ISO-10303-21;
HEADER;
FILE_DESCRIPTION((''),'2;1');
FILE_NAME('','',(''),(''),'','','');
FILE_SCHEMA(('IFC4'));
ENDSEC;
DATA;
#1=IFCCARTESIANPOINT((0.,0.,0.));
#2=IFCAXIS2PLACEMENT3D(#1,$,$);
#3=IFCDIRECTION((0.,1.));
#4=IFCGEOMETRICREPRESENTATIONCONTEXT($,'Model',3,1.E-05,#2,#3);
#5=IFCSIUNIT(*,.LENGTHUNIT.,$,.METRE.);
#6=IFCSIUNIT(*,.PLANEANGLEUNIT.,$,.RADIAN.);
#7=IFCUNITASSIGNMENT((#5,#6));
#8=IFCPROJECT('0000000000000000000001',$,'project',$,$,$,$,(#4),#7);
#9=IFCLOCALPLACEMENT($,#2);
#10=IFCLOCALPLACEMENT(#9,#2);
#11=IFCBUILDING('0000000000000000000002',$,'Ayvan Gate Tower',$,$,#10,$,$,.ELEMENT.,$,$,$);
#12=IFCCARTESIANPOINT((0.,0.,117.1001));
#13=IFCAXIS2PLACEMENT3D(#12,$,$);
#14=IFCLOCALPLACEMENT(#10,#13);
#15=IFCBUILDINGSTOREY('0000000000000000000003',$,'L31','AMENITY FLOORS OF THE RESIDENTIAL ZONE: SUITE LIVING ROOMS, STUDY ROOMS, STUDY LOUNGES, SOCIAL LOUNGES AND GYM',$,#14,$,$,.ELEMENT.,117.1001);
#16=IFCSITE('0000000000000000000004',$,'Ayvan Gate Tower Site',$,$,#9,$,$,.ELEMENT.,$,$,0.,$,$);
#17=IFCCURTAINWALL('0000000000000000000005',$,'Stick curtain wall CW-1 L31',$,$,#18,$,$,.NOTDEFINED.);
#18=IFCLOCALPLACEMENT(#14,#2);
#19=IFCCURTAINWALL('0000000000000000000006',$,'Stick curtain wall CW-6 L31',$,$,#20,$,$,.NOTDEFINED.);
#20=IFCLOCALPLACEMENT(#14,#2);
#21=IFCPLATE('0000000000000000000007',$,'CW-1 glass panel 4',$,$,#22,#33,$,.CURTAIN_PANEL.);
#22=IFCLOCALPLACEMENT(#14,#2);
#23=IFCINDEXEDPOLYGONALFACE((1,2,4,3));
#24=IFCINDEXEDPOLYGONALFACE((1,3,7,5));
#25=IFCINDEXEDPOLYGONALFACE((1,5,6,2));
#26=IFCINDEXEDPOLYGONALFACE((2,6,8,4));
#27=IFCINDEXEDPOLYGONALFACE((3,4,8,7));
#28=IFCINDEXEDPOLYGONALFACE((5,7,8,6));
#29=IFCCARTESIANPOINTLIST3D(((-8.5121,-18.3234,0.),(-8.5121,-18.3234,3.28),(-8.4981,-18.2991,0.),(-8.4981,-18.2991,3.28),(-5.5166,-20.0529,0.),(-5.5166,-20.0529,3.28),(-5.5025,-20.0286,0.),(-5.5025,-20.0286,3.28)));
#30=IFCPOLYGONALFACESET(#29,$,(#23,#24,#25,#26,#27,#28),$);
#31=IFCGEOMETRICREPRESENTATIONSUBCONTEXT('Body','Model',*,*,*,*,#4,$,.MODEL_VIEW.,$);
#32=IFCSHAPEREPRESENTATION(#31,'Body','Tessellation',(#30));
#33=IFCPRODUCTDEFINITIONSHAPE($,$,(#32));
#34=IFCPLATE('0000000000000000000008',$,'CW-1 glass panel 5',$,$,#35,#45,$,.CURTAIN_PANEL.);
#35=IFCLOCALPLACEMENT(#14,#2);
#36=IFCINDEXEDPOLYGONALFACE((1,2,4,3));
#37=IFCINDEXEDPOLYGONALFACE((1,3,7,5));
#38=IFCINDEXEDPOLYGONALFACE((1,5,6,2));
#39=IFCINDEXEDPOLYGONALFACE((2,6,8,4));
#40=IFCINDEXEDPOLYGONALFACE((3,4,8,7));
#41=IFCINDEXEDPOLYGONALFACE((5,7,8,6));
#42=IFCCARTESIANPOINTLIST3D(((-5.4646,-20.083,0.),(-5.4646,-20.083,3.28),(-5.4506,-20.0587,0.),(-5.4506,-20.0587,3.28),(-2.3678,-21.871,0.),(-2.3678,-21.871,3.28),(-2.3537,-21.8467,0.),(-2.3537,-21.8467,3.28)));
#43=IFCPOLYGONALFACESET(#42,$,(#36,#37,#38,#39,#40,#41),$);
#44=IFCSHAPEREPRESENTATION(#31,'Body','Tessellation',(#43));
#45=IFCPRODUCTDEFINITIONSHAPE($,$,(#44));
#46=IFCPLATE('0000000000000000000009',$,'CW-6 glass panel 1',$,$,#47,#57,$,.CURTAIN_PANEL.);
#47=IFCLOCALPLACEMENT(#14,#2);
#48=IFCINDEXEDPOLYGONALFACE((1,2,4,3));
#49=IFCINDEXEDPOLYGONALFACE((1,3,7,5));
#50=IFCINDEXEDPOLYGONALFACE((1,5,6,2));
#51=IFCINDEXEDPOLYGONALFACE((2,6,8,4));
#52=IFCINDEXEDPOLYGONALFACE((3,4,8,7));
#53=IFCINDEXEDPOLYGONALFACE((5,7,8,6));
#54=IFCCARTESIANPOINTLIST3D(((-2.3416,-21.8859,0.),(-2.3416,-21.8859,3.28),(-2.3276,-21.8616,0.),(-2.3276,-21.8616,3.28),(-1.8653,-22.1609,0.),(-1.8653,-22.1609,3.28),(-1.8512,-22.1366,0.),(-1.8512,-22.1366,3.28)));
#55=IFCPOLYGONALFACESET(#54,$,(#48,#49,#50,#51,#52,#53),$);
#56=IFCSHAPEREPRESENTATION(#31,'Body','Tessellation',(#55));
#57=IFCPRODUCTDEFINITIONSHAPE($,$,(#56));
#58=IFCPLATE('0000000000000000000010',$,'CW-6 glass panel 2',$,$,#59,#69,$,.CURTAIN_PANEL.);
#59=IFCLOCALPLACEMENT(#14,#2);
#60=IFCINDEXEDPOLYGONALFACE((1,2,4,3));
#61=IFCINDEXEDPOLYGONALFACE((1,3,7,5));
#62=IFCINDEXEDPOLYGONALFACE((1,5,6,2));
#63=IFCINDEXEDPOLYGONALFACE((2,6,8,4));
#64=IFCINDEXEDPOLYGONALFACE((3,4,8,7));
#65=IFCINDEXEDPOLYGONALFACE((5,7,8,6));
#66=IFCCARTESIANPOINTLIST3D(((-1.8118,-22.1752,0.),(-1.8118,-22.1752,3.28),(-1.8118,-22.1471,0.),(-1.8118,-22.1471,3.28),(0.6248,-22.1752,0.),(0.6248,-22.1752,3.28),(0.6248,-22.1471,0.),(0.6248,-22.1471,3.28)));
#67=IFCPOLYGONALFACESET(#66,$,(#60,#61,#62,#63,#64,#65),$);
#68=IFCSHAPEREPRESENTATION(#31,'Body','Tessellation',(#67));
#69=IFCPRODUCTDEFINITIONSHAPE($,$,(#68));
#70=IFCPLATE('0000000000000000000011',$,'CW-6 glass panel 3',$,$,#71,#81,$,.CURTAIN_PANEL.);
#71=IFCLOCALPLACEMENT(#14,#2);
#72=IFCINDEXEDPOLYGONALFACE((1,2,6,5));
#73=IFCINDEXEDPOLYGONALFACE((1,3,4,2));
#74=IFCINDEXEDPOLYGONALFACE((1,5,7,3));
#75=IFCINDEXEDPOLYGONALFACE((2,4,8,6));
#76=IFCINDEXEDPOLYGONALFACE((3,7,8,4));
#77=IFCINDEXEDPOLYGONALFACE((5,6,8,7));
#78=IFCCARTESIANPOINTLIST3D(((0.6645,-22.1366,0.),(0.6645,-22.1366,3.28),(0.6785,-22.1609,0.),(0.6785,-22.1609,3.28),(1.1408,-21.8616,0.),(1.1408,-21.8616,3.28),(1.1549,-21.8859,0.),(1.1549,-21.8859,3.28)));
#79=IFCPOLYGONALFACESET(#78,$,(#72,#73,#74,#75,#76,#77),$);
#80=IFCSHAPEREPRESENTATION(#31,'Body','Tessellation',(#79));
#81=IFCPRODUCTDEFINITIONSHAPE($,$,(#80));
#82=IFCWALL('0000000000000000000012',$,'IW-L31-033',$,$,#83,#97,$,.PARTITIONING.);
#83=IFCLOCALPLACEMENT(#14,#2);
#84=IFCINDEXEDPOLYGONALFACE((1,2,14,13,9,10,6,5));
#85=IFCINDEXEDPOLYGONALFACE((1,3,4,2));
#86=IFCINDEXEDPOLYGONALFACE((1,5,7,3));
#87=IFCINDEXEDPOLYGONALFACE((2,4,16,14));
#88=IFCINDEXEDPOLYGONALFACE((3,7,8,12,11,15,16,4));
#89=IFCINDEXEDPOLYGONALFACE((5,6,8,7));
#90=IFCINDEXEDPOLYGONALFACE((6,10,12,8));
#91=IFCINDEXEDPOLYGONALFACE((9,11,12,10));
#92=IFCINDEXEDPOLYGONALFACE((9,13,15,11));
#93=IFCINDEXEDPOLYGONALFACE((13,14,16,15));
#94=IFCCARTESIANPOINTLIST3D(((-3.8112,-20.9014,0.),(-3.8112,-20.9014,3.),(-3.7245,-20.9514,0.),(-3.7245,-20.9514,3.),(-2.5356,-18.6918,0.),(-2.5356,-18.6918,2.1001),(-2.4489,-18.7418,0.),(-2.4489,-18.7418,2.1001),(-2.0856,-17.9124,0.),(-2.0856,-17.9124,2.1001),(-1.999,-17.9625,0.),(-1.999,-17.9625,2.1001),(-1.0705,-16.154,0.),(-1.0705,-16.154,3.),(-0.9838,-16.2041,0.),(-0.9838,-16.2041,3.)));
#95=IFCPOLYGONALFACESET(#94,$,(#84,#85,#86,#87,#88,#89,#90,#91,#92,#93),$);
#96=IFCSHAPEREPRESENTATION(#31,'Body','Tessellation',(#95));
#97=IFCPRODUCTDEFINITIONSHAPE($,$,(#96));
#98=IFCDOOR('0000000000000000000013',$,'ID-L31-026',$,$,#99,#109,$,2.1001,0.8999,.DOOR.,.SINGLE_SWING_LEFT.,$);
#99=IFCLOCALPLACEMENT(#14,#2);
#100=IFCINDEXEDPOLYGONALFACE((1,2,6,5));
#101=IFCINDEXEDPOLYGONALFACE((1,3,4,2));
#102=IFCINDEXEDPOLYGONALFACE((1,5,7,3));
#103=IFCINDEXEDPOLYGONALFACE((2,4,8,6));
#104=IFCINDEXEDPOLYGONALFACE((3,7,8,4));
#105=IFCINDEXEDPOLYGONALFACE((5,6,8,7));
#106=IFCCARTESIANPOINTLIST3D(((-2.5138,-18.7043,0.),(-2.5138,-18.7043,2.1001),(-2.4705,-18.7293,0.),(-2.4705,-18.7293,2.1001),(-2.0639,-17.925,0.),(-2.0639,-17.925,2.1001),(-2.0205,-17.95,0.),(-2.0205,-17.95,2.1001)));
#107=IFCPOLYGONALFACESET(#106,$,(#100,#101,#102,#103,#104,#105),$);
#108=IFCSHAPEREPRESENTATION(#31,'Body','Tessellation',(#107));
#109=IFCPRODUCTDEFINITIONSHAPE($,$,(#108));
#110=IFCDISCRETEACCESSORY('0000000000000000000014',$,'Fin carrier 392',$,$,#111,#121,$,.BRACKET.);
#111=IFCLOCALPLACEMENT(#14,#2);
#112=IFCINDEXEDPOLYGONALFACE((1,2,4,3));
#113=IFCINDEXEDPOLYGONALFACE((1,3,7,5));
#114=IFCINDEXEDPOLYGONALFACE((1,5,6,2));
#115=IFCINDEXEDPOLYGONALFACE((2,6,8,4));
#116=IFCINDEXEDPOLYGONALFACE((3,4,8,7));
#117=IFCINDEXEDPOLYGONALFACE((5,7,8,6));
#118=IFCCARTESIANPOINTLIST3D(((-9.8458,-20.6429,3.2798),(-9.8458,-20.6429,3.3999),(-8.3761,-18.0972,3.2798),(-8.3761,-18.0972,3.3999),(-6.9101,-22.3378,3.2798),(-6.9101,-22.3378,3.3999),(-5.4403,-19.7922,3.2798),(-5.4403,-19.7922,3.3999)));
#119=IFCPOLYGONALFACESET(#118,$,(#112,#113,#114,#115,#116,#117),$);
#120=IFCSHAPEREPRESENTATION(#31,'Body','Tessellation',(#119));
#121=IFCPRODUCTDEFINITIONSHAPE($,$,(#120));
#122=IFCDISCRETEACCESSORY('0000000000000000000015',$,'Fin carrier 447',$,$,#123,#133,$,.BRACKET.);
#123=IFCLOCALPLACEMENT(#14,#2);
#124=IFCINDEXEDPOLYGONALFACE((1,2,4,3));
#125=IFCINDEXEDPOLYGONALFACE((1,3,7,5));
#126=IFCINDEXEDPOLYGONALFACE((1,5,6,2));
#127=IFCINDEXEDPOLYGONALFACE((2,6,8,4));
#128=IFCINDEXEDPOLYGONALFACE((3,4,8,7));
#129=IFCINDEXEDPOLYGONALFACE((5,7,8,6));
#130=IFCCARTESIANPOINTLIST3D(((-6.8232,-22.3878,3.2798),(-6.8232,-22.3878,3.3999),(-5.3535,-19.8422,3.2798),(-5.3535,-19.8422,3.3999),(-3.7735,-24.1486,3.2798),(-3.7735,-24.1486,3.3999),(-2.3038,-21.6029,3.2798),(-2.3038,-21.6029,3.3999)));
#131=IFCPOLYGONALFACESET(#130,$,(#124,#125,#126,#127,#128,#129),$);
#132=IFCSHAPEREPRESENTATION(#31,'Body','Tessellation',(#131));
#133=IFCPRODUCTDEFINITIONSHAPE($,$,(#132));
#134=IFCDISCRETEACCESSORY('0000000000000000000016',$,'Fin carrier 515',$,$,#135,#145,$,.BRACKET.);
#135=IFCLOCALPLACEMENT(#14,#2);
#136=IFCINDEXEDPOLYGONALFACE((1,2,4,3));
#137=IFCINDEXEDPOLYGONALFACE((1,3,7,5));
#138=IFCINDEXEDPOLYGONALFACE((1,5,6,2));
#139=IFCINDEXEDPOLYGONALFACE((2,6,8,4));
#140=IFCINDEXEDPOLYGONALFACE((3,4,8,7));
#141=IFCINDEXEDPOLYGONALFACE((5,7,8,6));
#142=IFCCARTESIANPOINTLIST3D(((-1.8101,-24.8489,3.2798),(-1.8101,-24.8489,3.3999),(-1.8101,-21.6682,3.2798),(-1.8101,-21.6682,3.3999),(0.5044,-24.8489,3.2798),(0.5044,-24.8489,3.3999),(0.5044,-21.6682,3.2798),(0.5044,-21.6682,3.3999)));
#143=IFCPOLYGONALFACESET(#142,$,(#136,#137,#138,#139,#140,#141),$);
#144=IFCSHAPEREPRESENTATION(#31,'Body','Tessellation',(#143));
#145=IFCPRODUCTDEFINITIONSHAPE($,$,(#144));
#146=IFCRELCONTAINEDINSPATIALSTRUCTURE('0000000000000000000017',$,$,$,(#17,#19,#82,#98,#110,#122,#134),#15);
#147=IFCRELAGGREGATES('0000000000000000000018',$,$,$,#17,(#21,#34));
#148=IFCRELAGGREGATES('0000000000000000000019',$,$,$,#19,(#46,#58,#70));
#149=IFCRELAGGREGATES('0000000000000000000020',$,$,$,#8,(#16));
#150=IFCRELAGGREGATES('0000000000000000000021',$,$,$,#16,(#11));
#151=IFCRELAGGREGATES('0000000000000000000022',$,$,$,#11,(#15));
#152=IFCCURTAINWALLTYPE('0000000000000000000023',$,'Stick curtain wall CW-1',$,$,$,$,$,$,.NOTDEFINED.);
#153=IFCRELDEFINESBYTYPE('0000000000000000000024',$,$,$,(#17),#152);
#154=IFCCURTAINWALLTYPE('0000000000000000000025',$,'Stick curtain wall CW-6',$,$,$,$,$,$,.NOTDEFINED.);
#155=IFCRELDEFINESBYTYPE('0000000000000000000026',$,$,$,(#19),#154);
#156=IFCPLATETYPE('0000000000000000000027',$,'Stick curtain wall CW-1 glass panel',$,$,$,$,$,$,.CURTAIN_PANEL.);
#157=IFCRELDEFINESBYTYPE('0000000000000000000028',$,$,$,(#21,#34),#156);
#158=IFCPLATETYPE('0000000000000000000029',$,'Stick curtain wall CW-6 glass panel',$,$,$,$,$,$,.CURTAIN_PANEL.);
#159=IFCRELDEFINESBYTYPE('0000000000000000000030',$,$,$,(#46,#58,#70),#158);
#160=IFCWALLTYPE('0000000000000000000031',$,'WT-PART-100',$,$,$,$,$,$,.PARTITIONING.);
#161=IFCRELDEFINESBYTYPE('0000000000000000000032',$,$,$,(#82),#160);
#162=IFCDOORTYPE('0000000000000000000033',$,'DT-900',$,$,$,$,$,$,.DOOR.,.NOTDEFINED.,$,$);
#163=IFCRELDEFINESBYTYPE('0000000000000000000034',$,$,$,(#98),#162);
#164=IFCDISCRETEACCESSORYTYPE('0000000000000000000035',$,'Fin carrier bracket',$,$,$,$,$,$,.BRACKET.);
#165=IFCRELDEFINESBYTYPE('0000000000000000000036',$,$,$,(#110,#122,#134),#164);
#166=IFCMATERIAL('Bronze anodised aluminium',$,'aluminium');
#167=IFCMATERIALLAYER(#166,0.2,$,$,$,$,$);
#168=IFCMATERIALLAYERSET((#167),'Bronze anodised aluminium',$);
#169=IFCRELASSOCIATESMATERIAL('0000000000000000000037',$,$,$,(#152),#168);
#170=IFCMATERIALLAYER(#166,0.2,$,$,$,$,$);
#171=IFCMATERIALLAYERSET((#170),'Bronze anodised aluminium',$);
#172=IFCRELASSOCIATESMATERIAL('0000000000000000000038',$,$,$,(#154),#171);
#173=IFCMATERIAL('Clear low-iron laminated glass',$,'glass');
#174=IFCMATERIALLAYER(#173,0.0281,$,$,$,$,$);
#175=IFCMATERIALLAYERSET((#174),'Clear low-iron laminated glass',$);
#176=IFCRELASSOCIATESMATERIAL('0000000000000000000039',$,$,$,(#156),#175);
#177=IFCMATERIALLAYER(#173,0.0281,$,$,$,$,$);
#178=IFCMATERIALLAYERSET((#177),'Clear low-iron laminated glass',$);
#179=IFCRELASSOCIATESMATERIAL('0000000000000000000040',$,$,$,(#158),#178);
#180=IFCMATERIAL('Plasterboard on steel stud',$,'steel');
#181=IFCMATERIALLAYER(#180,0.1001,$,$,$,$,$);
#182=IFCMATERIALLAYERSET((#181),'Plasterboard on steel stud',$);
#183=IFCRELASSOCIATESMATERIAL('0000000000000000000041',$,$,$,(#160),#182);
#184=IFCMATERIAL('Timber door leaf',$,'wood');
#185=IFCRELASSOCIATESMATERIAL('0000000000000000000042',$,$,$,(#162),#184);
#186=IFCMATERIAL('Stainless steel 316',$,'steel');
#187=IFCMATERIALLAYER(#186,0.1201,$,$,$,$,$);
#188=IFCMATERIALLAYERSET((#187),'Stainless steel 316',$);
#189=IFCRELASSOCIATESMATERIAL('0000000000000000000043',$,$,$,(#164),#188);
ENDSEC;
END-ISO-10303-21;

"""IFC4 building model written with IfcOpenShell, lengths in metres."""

from ifc_helpers import new_model, si_unit, direction, frame, frame_2d, origin, origin_2d, place, context, subcontext, project, spatial, rectangle, extrude, material, layer, layer_set, type_object, element, fill, aggregate, save


model = new_model("IFC4")

# Units and contexts
model_context = context("Model", 3, precision=1e-05, world=origin(), true_north=direction((0.0, 1.0)))
body_context = subcontext(model_context, "Body", "Model", "MODEL_VIEW")
ifc_project = project(units=[si_unit("LENGTHUNIT", "METRE"), si_unit("PLANEANGLEUNIT", "RADIAN")], contexts=[model_context])

# Site, building, storey
site_placement = place(None, origin())
site = spatial("IfcSite", under=ifc_project, at=site_placement, Name="Ayvan Gate Tower Site", CompositionType="ELEMENT", RefElevation=0.0)
building_placement = place(site_placement, origin())
building = spatial("IfcBuilding", under=site, at=building_placement, Name="Ayvan Gate Tower", CompositionType="ELEMENT")
storey_placement = place(building_placement, frame((0.0, 0.0, 117.1001)))
storey = spatial("IfcBuildingStorey", under=building, at=storey_placement, Name="L31", Description="AMENITY FLOORS OF THE RESIDENTIAL ZONE: SUITE LIVING ROOMS, STUDY ROOMS, STUDY LOUNGES, SOCIAL LOUNGES AND GYM", CompositionType="ELEMENT", Elevation=117.1001)

# Curtain walls
ifc_material_1 = material(Name="Bronze anodised aluminium", Category="aluminium")
ifc_layer_1 = layer(ifc_material_1, 0.2)
ifc_layer_set_1 = layer_set([ifc_layer_1], Name="Bronze anodised aluminium")
curtain_wall_type_1 = type_object("IfcCurtainWallType", Name="Stick curtain wall CW-1", PredefinedType="NOTDEFINED", material=ifc_layer_set_1)
curtain_wall_1_placement = place(storey_placement, origin())
curtain_wall_1 = element("IfcCurtainWall", 1, at=curtain_wall_1_placement, inside=storey, type_object=curtain_wall_type_1, Name="Stick curtain wall CW-1 L31", PredefinedType="NOTDEFINED")
ifc_layer_2 = layer(ifc_material_1, 0.2)
ifc_layer_set_2 = layer_set([ifc_layer_2], Name="Bronze anodised aluminium")
curtain_wall_type_2 = type_object("IfcCurtainWallType", Name="Stick curtain wall CW-6", PredefinedType="NOTDEFINED", material=ifc_layer_set_2)
curtain_wall_2_placement = place(storey_placement, origin())
curtain_wall_2 = element("IfcCurtainWall", 2, at=curtain_wall_2_placement, inside=storey, type_object=curtain_wall_type_2, Name="Stick curtain wall CW-6 L31", PredefinedType="NOTDEFINED")

# Plates
ifc_material_2 = material(Name="Clear low-iron laminated glass", Category="glass")
ifc_layer_3 = layer(ifc_material_2, 0.0281)
ifc_layer_set_3 = layer_set([ifc_layer_3], Name="Clear low-iron laminated glass")
plate_type_1 = type_object("IfcPlateType", Name="Stick curtain wall CW-1 glass panel", PredefinedType="CURTAIN_PANEL", material=ifc_layer_set_3)
plate_1_placement = place(storey_placement, frame((-7.0073, -19.176, 0.0), z_axis=(0.0, 0.0, 1.0), x_axis=(0.866025, -0.5, 0.0)))
plate_1 = element("IfcPlate", 3, at=plate_1_placement, type_object=plate_type_1, Name="CW-1 glass panel 4", PredefinedType="CURTAIN_PANEL", context=body_context, shape_type="SweptSolid", body=[
    extrude(rectangle(XDim=3.459, YDim=0.0281, at=origin_2d()), origin(), (0.0, 0.0, 1.0), 3.28),
])
plate_2_placement = place(storey_placement, frame((-3.9092, -20.9648, 0.0), z_axis=(0.0, 0.0, 1.0), x_axis=(0.866025, -0.5, 0.0)))
plate_2 = element("IfcPlate", 4, at=plate_2_placement, type_object=plate_type_1, Name="CW-1 glass panel 5", PredefinedType="CURTAIN_PANEL", context=body_context, shape_type="SweptSolid", body=[
    extrude(rectangle(XDim=3.5759, YDim=0.0281, at=origin_2d()), origin(), (0.0, 0.0, 1.0), 3.28),
])
aggregate(curtain_wall_1, [plate_1, plate_2])
ifc_layer_4 = layer(ifc_material_2, 0.0281)
ifc_layer_set_4 = layer_set([ifc_layer_4], Name="Clear low-iron laminated glass")
plate_type_2 = type_object("IfcPlateType", Name="Stick curtain wall CW-6 glass panel", PredefinedType="CURTAIN_PANEL", material=ifc_layer_set_4)
plate_3_placement = place(storey_placement, frame((-2.0964, -22.0112, 0.0), z_axis=(0.0, 0.0, 1.0), x_axis=(0.866025, -0.5, 0.0)))
plate_3 = element("IfcPlate", 5, at=plate_3_placement, type_object=plate_type_2, Name="CW-6 glass panel 1", PredefinedType="CURTAIN_PANEL", context=body_context, shape_type="SweptSolid", body=[
    extrude(rectangle(XDim=0.55, YDim=0.0281, at=origin_2d()), origin(), (0.0, 0.0, 1.0), 3.28),
])
plate_4_placement = place(storey_placement, frame((-0.5935, -22.1611, 0.0), z_axis=(0.0, 0.0, 1.0), x_axis=(1.0, 0.0, 0.0)))
plate_4 = element("IfcPlate", 6, at=plate_4_placement, type_object=plate_type_2, Name="CW-6 glass panel 2", PredefinedType="CURTAIN_PANEL", context=body_context, shape_type="SweptSolid", body=[
    extrude(rectangle(XDim=2.4365, YDim=0.0281, at=origin_2d()), origin(), (0.0, 0.0, 1.0), 3.28),
])
plate_5_placement = place(storey_placement, frame((0.9097, -22.0112, 0.0), z_axis=(0.0, 0.0, 1.0), x_axis=(0.866025, 0.5, 0.0)))
plate_5 = element("IfcPlate", 7, at=plate_5_placement, type_object=plate_type_2, Name="CW-6 glass panel 3", PredefinedType="CURTAIN_PANEL", context=body_context, shape_type="SweptSolid", body=[
    extrude(rectangle(XDim=0.55, YDim=0.0281, at=origin_2d()), origin(), (0.0, 0.0, 1.0), 3.28),
])
aggregate(curtain_wall_2, [plate_3, plate_4, plate_5])

# Wall, opening, door
ifc_material_3 = material(Name="Plasterboard on steel stud", Category="steel")
ifc_layer_5 = layer(ifc_material_3, 0.1001)
ifc_layer_set_5 = layer_set([ifc_layer_5], Name="Plasterboard on steel stud")
wall_type = type_object("IfcWallType", Name="WT-PART-100", PredefinedType="PARTITIONING", material=ifc_layer_set_5)
wall_placement = place(storey_placement, frame((-3.7678, -20.9263, 0.0), z_axis=(0.0, 0.0, 1.0), x_axis=(0.499981, 0.866037, 0.0)))
wall = element("IfcWall", 8, at=wall_placement, inside=storey, type_object=wall_type, Name="IW-L31-033", PredefinedType="PARTITIONING", context=body_context, shape_type="SweptSolid", body=[
    extrude(rectangle(XDim=5.4817, YDim=0.1001, at=frame_2d((2.7407, 0.0))), origin(), (0.0, 0.0, 1.0), 3.0),
])
opening_placement = place(wall_placement, frame((2.5513, 0.0, 0.0)))
opening = element("IfcOpeningElement", 9, at=opening_placement, cuts=wall, PredefinedType="OPENING", context=body_context, shape_type="SweptSolid", body=[
    extrude(rectangle(XDim=0.8999, YDim=2.1001, at=frame_2d((0.45, 1.05))), frame((0.0, 0.0601, 0.0), z_axis=(0.0, -1.0, 0.0), x_axis=(1.0, 0.0, 0.0)), (0.0, 0.0, 1.0), 0.1201),
])
ifc_material_4 = material(Name="Timber door leaf", Category="wood")
door_type = type_object("IfcDoorType", Name="DT-900", OperationType="NOTDEFINED", PredefinedType="DOOR", material=ifc_material_4)
door_placement = place(opening_placement, origin())
door = element("IfcDoor", 10, at=door_placement, inside=storey, type_object=door_type, Name="ID-L31-026", OperationType="SINGLE_SWING_LEFT", OverallHeight=2.1001, OverallWidth=0.8999, PredefinedType="DOOR", context=body_context, shape_type="SweptSolid", body=[
    extrude(rectangle(XDim=0.8999, YDim=2.1001, at=frame_2d((0.45, 1.05))), frame((0.0, 0.0249, 0.0), z_axis=(0.0, -1.0, 0.0), x_axis=(1.0, 0.0, 0.0)), (0.0, 0.0, 1.0), 0.05),
])
fill(opening, door)

# Discrete accessories
ifc_material_5 = material(Name="Stainless steel 316", Category="steel")
ifc_layer_6 = layer(ifc_material_5, 0.1201)
ifc_layer_set_6 = layer_set([ifc_layer_6], Name="Stainless steel 316")
discrete_accessory_type = type_object("IfcDiscreteAccessoryType", Name="Fin carrier bracket", PredefinedType="BRACKET", material=ifc_layer_set_6)
discrete_accessory_1_placement = place(storey_placement, frame((-7.6431, -20.2175, 3.2798), z_axis=(0.0, 0.0, 1.0), x_axis=(0.866025, -0.5, 0.0)))
element("IfcDiscreteAccessory", 11, at=discrete_accessory_1_placement, inside=storey, type_object=discrete_accessory_type, Name="Fin carrier 392", PredefinedType="BRACKET", context=body_context, shape_type="SweptSolid", body=[
    extrude(rectangle(XDim=3.3899, YDim=2.9395, at=origin_2d()), origin(), (0.0, 0.0, 1.0), 0.1201),
])
discrete_accessory_2_placement = place(storey_placement, frame((-4.5635, -21.9954, 3.2798), z_axis=(0.0, 0.0, 1.0), x_axis=(0.866025, -0.5, 0.0)))
element("IfcDiscreteAccessory", 12, at=discrete_accessory_2_placement, inside=storey, type_object=discrete_accessory_type, Name="Fin carrier 447", PredefinedType="BRACKET", context=body_context, shape_type="SweptSolid", body=[
    extrude(rectangle(XDim=3.5215, YDim=2.9395, at=origin_2d()), origin(), (0.0, 0.0, 1.0), 0.1201),
])
discrete_accessory_3_placement = place(storey_placement, frame((-0.6528, -23.2585, 3.2798), z_axis=(0.0, 0.0, 1.0), x_axis=(1.0, 0.0, 0.0)))
element("IfcDiscreteAccessory", 13, at=discrete_accessory_3_placement, inside=storey, type_object=discrete_accessory_type, Name="Fin carrier 515", PredefinedType="BRACKET", context=body_context, shape_type="SweptSolid", body=[
    extrude(rectangle(XDim=2.3145, YDim=3.1807, at=origin_2d()), origin(), (0.0, 0.0, 1.0), 0.1201),
])

save(model, "model.ifc")
